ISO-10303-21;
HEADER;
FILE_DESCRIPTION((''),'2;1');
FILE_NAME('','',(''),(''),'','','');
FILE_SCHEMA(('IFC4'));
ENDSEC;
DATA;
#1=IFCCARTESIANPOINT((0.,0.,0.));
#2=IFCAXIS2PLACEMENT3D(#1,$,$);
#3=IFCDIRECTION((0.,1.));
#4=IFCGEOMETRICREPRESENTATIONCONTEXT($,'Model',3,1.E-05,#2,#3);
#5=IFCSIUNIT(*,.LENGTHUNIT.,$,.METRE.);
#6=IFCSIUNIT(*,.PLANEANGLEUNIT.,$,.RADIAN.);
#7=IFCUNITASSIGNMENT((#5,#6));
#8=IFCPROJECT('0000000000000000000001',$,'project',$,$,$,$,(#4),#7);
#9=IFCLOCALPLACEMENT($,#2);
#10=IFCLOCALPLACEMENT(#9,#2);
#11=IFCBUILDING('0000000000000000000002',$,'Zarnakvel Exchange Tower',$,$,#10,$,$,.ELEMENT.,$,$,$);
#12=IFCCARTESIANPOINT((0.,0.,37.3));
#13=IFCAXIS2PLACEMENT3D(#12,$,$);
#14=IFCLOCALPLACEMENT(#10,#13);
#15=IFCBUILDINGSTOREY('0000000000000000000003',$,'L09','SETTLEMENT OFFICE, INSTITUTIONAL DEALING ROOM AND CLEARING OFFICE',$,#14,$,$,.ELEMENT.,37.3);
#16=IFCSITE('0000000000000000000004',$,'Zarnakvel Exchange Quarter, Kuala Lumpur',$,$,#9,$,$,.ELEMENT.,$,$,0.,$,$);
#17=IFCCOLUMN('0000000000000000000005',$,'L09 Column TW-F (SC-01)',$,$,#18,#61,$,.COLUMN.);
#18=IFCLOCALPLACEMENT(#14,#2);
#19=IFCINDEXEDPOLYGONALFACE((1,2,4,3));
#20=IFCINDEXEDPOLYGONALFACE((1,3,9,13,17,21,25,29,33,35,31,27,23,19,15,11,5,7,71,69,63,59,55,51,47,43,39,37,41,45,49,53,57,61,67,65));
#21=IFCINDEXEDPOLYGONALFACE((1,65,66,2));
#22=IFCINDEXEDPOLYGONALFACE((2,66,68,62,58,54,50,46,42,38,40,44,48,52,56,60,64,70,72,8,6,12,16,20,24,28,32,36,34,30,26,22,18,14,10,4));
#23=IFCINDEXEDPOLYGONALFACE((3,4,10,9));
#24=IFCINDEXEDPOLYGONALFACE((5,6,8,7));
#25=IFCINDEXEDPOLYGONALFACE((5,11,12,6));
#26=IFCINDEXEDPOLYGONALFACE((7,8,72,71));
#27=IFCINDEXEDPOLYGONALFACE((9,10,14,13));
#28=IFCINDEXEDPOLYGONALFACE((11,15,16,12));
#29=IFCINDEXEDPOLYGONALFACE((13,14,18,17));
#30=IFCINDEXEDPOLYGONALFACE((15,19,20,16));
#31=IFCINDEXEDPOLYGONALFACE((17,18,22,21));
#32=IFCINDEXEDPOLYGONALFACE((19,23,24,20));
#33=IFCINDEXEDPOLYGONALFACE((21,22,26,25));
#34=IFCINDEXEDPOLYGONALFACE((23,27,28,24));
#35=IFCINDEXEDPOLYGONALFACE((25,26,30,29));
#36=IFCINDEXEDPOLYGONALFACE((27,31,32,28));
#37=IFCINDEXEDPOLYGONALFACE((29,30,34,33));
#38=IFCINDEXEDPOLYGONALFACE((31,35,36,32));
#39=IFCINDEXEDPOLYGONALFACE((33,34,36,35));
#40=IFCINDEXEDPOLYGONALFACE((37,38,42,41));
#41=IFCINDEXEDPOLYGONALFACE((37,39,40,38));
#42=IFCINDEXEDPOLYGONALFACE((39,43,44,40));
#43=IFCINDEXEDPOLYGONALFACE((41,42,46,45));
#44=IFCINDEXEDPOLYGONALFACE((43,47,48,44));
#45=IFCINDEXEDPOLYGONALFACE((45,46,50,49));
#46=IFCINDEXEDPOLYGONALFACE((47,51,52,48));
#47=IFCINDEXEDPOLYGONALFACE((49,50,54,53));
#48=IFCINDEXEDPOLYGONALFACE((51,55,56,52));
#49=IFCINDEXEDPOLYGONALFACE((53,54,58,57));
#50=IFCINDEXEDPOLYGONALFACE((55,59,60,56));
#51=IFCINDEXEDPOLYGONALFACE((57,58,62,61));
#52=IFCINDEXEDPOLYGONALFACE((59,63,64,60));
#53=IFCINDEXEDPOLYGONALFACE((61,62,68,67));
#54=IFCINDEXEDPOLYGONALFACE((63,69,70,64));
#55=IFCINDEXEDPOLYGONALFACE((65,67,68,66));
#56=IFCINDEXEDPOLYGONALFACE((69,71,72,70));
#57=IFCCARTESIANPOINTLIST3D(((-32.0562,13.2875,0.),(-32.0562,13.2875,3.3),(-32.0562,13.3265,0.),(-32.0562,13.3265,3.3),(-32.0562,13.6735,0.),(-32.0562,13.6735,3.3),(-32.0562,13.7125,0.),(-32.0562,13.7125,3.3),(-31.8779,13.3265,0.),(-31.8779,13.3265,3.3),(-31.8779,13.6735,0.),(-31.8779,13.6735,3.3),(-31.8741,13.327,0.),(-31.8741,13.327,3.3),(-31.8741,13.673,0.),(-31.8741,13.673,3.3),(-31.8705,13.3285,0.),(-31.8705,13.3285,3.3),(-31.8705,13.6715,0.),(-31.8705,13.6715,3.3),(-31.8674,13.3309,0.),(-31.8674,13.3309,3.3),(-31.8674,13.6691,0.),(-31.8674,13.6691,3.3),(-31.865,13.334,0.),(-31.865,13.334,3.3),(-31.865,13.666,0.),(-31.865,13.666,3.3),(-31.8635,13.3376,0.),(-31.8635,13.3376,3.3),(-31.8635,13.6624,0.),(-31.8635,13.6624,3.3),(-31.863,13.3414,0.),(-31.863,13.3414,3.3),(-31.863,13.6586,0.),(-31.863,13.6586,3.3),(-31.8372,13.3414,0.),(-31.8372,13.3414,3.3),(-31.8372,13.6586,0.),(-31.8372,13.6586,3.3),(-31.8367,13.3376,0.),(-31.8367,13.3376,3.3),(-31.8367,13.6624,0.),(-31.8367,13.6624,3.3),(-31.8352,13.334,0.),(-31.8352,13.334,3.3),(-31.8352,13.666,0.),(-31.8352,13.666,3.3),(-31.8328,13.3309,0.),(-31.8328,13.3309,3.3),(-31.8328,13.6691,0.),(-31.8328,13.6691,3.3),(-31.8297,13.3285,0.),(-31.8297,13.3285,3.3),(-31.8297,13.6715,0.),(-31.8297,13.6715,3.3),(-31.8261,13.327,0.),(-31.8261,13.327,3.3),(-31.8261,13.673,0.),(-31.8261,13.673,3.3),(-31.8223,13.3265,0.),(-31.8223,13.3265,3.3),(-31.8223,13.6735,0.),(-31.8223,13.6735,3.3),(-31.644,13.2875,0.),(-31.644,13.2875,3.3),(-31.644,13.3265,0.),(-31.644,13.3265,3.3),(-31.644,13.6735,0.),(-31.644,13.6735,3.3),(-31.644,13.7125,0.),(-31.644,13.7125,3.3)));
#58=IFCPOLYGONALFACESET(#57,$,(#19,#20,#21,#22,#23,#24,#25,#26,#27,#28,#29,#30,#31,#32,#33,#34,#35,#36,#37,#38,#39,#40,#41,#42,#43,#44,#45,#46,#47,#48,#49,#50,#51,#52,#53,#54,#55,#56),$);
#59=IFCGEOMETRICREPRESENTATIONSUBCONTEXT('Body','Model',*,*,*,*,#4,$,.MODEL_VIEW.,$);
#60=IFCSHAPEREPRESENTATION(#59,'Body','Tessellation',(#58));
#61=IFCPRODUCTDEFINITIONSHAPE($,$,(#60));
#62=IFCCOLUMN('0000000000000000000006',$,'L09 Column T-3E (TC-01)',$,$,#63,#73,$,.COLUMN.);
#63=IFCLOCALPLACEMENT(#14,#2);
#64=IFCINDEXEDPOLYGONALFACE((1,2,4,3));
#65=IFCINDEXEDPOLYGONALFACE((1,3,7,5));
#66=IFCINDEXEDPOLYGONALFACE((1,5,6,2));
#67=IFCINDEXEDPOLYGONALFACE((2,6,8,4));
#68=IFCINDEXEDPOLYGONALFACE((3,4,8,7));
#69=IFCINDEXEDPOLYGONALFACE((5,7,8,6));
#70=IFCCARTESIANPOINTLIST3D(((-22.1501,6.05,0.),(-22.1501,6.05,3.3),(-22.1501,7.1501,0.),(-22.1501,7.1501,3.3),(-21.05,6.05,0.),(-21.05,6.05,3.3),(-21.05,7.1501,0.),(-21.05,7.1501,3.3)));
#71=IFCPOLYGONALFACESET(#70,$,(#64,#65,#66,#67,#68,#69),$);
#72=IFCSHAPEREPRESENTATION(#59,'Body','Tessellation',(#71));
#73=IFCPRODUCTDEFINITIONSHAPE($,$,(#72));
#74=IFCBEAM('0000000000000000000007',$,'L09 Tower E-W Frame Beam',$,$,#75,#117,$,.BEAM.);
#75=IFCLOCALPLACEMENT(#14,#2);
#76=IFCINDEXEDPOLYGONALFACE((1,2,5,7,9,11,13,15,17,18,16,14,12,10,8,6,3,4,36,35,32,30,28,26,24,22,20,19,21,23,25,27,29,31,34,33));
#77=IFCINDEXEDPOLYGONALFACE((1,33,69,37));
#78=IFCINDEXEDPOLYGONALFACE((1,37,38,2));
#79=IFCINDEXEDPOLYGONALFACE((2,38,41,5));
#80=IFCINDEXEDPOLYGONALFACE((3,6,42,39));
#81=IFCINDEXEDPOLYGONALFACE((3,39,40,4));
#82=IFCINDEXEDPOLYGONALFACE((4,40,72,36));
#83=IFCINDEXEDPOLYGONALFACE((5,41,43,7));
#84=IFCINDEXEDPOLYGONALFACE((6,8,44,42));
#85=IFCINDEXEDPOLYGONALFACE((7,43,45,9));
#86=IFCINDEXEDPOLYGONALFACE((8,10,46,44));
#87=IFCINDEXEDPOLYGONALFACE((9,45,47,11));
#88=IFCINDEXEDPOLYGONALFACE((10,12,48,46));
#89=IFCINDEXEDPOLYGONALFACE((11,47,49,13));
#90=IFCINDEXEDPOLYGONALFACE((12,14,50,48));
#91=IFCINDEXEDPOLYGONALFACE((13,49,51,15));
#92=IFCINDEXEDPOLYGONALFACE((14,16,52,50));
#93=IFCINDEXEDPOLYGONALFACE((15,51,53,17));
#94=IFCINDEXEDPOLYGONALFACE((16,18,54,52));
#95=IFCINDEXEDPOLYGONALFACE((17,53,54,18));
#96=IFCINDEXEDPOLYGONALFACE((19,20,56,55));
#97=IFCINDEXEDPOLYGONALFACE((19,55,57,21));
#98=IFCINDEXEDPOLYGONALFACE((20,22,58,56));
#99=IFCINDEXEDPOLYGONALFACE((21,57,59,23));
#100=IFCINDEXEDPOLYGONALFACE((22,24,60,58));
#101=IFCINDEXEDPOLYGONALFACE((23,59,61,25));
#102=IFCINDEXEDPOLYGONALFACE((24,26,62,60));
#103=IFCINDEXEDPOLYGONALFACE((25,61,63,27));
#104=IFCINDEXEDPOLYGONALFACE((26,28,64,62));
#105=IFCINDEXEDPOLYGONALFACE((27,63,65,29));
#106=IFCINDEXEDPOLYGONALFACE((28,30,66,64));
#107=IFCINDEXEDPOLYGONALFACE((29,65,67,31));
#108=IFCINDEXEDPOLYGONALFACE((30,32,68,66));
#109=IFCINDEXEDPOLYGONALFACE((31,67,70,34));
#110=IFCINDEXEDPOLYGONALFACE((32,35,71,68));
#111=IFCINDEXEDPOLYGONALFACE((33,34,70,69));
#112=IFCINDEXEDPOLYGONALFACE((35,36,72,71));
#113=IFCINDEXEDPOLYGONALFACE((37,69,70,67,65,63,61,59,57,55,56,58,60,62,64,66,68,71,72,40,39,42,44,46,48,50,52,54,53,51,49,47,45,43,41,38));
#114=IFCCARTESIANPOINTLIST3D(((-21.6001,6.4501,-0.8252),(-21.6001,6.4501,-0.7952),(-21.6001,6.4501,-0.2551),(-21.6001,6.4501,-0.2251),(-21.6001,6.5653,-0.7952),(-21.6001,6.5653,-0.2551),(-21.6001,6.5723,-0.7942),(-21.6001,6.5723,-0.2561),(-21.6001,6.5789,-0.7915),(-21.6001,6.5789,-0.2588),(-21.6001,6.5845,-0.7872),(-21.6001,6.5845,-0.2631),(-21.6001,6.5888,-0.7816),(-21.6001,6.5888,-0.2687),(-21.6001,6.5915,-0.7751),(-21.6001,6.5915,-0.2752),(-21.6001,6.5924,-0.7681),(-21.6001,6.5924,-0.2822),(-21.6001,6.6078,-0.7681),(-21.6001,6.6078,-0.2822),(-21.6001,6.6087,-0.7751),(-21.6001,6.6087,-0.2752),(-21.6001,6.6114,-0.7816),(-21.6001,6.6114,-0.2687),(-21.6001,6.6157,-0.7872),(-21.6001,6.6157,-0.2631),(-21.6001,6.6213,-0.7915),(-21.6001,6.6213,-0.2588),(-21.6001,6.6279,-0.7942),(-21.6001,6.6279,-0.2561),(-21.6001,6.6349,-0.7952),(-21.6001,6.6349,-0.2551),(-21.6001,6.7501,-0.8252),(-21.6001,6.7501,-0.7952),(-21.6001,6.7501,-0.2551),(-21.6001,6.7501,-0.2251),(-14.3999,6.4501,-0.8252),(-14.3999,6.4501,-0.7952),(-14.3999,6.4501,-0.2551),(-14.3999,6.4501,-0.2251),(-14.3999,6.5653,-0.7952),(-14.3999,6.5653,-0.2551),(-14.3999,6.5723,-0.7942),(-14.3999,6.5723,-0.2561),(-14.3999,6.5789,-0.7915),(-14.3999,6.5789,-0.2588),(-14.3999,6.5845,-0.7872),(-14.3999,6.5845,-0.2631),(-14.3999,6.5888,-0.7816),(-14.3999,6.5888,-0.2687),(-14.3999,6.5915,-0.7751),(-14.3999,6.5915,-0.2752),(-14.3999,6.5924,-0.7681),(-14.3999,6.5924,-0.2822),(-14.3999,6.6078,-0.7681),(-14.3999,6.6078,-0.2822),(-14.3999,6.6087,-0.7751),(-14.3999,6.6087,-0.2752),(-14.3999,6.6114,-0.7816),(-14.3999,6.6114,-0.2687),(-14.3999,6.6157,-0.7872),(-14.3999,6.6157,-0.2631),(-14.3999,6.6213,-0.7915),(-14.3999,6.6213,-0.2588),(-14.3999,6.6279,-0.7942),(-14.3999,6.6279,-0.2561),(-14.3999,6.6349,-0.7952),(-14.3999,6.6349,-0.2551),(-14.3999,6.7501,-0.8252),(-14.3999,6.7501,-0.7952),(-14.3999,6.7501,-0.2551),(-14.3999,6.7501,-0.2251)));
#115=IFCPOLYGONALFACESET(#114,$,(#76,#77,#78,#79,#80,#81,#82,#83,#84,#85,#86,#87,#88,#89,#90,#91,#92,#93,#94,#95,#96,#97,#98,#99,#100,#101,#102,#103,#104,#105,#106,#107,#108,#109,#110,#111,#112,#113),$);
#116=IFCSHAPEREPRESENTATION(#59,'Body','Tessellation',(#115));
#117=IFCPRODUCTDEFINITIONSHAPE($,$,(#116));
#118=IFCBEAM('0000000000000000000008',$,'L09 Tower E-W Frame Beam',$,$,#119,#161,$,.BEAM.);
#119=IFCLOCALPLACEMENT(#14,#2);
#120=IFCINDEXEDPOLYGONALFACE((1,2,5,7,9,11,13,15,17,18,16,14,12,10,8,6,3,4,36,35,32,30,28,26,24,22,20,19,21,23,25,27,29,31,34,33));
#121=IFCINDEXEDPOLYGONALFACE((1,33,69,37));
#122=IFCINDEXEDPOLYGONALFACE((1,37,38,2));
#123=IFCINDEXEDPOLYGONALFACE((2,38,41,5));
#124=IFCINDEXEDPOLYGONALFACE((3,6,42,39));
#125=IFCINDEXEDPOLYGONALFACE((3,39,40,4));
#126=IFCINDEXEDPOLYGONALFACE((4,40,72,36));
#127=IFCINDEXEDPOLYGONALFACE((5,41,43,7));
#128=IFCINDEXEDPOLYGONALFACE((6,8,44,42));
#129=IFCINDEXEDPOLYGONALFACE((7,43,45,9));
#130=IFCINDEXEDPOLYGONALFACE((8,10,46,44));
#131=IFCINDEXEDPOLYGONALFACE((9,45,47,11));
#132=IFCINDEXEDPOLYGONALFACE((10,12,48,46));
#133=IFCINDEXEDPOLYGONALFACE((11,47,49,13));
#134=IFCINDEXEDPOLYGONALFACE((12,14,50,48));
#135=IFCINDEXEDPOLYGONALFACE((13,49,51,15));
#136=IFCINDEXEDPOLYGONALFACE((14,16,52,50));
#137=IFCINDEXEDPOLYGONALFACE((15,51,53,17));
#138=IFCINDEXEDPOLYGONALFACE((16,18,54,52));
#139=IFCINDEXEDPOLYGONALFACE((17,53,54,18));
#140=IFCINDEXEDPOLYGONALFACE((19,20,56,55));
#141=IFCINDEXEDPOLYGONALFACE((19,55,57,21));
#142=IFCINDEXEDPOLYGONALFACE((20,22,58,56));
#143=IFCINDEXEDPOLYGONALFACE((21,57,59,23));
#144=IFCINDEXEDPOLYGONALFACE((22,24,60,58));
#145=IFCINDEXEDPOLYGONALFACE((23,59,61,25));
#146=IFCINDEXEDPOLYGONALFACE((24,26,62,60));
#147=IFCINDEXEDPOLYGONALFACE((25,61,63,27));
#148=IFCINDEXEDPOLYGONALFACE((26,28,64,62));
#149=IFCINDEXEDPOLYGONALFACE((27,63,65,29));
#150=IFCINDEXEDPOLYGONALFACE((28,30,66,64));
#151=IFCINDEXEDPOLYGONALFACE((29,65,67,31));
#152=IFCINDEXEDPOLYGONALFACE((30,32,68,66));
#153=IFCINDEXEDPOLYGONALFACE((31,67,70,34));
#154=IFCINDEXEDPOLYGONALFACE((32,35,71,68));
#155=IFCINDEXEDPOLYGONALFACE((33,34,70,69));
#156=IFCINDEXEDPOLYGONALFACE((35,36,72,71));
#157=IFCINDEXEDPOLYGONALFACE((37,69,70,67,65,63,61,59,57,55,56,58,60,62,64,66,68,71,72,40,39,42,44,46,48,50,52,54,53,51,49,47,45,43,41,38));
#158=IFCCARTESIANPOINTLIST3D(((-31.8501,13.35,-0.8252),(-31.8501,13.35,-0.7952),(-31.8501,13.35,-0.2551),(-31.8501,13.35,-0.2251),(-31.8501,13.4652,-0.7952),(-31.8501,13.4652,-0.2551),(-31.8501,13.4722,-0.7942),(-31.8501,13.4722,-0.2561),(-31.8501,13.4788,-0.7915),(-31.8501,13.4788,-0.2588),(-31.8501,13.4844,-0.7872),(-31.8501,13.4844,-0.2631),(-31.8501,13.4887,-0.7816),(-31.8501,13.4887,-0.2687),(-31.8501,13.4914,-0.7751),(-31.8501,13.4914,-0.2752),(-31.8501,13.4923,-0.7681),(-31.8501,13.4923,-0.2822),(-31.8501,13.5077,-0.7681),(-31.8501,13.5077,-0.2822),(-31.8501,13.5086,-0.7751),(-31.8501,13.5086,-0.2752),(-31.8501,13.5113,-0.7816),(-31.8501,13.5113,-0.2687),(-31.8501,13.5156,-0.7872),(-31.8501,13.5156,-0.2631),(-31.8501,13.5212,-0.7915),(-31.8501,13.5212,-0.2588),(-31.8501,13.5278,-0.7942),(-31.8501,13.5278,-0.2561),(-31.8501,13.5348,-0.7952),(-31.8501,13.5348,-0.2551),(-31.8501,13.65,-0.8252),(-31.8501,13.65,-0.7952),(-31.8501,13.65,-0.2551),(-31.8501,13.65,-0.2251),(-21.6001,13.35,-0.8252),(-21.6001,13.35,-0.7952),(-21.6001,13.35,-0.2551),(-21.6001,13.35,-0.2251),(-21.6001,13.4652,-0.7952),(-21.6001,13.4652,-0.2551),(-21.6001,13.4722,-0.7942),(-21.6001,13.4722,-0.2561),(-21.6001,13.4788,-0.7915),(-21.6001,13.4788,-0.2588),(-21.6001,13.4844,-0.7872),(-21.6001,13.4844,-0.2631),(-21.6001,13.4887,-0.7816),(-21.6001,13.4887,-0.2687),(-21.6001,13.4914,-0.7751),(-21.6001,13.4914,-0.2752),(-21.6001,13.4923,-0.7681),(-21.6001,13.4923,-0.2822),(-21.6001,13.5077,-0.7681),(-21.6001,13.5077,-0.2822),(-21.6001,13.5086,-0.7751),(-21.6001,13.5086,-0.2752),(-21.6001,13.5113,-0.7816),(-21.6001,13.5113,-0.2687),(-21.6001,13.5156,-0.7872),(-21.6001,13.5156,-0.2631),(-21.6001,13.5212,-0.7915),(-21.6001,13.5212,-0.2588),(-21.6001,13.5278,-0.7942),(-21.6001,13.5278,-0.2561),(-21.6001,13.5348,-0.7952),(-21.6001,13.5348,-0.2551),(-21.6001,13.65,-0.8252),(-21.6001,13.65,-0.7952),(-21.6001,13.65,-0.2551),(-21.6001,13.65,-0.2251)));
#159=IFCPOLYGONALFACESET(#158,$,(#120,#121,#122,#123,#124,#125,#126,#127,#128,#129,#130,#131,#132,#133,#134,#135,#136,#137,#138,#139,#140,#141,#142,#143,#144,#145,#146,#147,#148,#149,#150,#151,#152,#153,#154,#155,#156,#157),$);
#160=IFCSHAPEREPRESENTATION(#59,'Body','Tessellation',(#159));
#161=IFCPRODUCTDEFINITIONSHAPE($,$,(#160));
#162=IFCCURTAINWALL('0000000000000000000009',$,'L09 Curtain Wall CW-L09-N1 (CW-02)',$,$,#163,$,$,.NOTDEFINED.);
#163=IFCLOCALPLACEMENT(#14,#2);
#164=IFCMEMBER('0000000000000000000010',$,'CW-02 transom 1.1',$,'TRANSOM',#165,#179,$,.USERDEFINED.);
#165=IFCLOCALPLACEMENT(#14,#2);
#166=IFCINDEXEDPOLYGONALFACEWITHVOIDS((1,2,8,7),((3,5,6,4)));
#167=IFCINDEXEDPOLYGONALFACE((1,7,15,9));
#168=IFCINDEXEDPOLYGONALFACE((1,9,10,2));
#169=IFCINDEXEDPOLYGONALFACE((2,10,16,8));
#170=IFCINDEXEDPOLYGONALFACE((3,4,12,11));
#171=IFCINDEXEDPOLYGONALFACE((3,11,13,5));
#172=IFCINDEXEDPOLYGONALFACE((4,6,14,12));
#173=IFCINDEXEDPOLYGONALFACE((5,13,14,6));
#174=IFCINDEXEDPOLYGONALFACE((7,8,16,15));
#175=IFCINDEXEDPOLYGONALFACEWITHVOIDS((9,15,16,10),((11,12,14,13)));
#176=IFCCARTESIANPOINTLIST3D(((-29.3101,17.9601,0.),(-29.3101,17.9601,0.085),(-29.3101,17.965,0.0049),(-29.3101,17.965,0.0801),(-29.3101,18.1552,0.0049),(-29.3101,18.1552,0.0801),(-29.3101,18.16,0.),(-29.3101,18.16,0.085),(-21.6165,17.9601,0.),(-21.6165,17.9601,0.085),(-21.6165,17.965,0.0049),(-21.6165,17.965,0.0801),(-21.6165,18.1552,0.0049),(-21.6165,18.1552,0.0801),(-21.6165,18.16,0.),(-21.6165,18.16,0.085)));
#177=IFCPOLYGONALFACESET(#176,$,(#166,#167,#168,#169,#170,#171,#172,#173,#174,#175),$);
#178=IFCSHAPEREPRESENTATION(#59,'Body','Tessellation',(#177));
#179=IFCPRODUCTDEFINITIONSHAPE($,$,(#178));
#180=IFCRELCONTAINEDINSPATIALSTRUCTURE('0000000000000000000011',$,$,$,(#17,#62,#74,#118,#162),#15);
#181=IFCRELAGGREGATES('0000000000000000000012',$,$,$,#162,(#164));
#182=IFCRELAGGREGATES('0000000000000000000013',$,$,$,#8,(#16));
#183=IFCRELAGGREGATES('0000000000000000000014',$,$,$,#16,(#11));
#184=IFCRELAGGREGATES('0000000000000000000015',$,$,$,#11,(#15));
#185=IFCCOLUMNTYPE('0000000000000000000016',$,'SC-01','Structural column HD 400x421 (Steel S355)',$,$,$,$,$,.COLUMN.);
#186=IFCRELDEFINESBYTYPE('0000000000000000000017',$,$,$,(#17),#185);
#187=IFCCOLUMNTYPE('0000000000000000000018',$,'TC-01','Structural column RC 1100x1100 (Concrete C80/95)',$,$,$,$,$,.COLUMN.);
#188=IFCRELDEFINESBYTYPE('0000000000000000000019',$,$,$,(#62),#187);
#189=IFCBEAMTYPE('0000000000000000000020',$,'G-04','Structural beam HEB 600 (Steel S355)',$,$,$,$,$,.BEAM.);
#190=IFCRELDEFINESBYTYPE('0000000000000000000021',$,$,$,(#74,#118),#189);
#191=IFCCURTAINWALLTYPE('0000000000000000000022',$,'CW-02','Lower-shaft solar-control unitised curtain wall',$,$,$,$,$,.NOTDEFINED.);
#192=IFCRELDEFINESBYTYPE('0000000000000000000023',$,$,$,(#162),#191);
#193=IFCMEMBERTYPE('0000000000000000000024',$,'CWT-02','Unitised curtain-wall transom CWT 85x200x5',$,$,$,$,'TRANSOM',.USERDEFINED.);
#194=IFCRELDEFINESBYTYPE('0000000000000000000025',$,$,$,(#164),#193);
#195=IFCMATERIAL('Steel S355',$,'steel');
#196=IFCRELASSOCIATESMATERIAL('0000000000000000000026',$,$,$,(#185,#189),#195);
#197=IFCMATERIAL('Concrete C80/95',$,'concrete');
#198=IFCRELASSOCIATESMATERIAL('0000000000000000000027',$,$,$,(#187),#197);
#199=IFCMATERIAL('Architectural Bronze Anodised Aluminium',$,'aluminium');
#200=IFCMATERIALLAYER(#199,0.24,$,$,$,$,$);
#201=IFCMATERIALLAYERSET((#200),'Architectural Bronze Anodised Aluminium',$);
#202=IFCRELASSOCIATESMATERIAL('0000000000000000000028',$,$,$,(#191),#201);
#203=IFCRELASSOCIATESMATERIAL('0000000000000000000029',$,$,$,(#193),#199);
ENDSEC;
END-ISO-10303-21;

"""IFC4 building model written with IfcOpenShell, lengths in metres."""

from ifc_helpers import new_model, si_unit, direction, frame, origin, origin_2d, place, context, subcontext, project, spatial, rectangle, hollow_rectangle, i_section, extrude, source, transform, mapped, material, layer, layer_set, material_profile, profile_set, type_object, element, aggregate, save


model = new_model("IFC4")

# Units and contexts
model_context = context("Model", 3, precision=1e-05, world=origin(), true_north=direction((0.0, 1.0)))
body_context = subcontext(model_context, "Body", "Model", "MODEL_VIEW")
ifc_project = project(units=[si_unit("LENGTHUNIT", "METRE"), si_unit("PLANEANGLEUNIT", "RADIAN")], contexts=[model_context])

# Site, building, storey
site_placement = place(None, origin())
site = spatial("IfcSite", under=ifc_project, at=site_placement, Name="Zarnakvel Exchange Quarter, Kuala Lumpur", CompositionType="ELEMENT", RefElevation=0.0)
building_placement = place(site_placement, origin())
building = spatial("IfcBuilding", under=site, at=building_placement, Name="Zarnakvel Exchange Tower", CompositionType="ELEMENT")
storey_placement = place(building_placement, frame((0.0, 0.0, 37.3)))
storey = spatial("IfcBuildingStorey", under=building, at=storey_placement, Name="L09", Description="SETTLEMENT OFFICE, INSTITUTIONAL DEALING ROOM AND CLEARING OFFICE", CompositionType="ELEMENT", Elevation=37.3)

# Columns
ifc_material_1 = material(Name="Steel S355", Category="steel")
ifc_material_profile_1 = material_profile(ifc_material_1, i_section(OverallWidth=0.4121, OverallDepth=0.425, WebThickness=0.0259, FlangeThickness=0.0391, FilletRadius=0.0149, at=origin_2d()))
ifc_profile_set_1 = profile_set([ifc_material_profile_1], Name="Steel S355")
column_type_1 = type_object("IfcColumnType", Name="SC-01", Description="Structural column HD 400x421 (Steel S355)", PredefinedType="COLUMN", material=ifc_profile_set_1)
column_1_placement = place(storey_placement, frame((-31.8501, 13.5, 0.0), z_axis=(0.0, 0.0, 1.0), x_axis=(1.0, 0.0, 0.0)))
element("IfcColumn", 1, at=column_1_placement, inside=storey, type_object=column_type_1, Name="L09 Column TW-F (SC-01)", PredefinedType="COLUMN", context=body_context, shape_type="SweptSolid", body=[
    extrude(i_section(OverallWidth=0.4121, OverallDepth=0.425, WebThickness=0.0259, FlangeThickness=0.0391, FilletRadius=0.0149, at=origin_2d()), origin(), (0.0, 0.0, 1.0), 3.3),
])
ifc_material_2 = material(Name="Concrete C80/95", Category="concrete")
ifc_material_profile_2 = material_profile(ifc_material_2, rectangle(XDim=1.1001, YDim=1.1001, at=origin_2d()))
ifc_profile_set_2 = profile_set([ifc_material_profile_2], Name="Concrete C80/95")
column_type_2 = type_object("IfcColumnType", Name="TC-01", Description="Structural column RC 1100x1100 (Concrete C80/95)", PredefinedType="COLUMN", material=ifc_profile_set_2)
column_2_placement = place(storey_placement, frame((-21.6001, 6.6001, 0.0), z_axis=(0.0, 0.0, 1.0), x_axis=(1.0, 0.0, 0.0)))
element("IfcColumn", 2, at=column_2_placement, inside=storey, type_object=column_type_2, Name="L09 Column T-3E (TC-01)", PredefinedType="COLUMN", context=body_context, shape_type="SweptSolid", body=[
    extrude(rectangle(XDim=1.1001, YDim=1.1001, at=origin_2d()), origin(), (0.0, 0.0, 1.0), 3.3),
])

# Beams
ifc_material_profile_3 = material_profile(ifc_material_1, i_section(OverallWidth=0.3, OverallDepth=0.6001, WebThickness=0.0154, FlangeThickness=0.03, FilletRadius=0.0271, at=origin_2d()))
ifc_profile_set_3 = profile_set([ifc_material_profile_3], Name="Steel S355")
beam_type = type_object("IfcBeamType", Name="G-04", Description="Structural beam HEB 600 (Steel S355)", PredefinedType="BEAM", material=ifc_profile_set_3)
beam_1_placement = place(storey_placement, frame((-21.6001, 6.6001, -0.5251), z_axis=(1.0, 0.0, 0.0), x_axis=(0.0, 1.0, 0.0)))
element("IfcBeam", 3, at=beam_1_placement, inside=storey, type_object=beam_type, Name="L09 Tower E-W Frame Beam", PredefinedType="BEAM", context=body_context, shape_type="SweptSolid", body=[
    extrude(i_section(OverallWidth=0.3, OverallDepth=0.6001, WebThickness=0.0154, FlangeThickness=0.03, FilletRadius=0.0271, at=origin_2d()), origin(), (0.0, 0.0, 1.0), 7.2002),
])
beam_2_placement = place(storey_placement, frame((-31.8501, 13.5, -0.5251), z_axis=(1.0, 0.0, 0.0), x_axis=(0.0, 1.0, 0.0)))
element("IfcBeam", 4, at=beam_2_placement, inside=storey, type_object=beam_type, Name="L09 Tower E-W Frame Beam", PredefinedType="BEAM", context=body_context, shape_type="SweptSolid", body=[
    extrude(i_section(OverallWidth=0.3, OverallDepth=0.6001, WebThickness=0.0154, FlangeThickness=0.03, FilletRadius=0.0271, at=origin_2d()), origin(), (0.0, 0.0, 1.0), 10.25),
])

# Curtain wall, member
ifc_material_3 = material(Name="Architectural Bronze Anodised Aluminium", Category="aluminium")
ifc_layer_1 = layer(ifc_material_3, 0.24)
ifc_layer_set_1 = layer_set([ifc_layer_1], Name="Architectural Bronze Anodised Aluminium")
curtain_wall_type_1 = type_object("IfcCurtainWallType", Name="CW-02", Description="Lower-shaft solar-control unitised curtain wall", PredefinedType="NOTDEFINED", material=ifc_layer_set_1)
curtain_wall_1_placement = place(storey_placement, origin())
curtain_wall_1 = element("IfcCurtainWall", 5, at=curtain_wall_1_placement, inside=storey, type_object=curtain_wall_type_1, Name="L09 Curtain Wall CW-L09-N1 (CW-02)", PredefinedType="NOTDEFINED")
ifc_material_profile_4 = material_profile(ifc_material_3, hollow_rectangle(XDim=0.2, YDim=0.085, WallThickness=0.0049, at=origin_2d()))
ifc_profile_set_4 = profile_set([ifc_material_profile_4], Name="Architectural Bronze Anodised Aluminium")
member_type_1 = type_object("IfcMemberType", Name="CWT-02", Description="Unitised curtain-wall transom CWT 85x200x5", ElementType="TRANSOM", PredefinedType="USERDEFINED", material=ifc_profile_set_4)
shared_shape_1 = source(origin(), body_context, "Body", "SweptSolid", [
    extrude(hollow_rectangle(XDim=0.2, YDim=0.085, WallThickness=0.0049, at=origin_2d()), origin(), (0.0, 0.0, 1.0), 7.6936),
])
member_1_placement = place(storey_placement, frame((-29.3101, 18.0601, 0.0425), z_axis=(1.0, 0.0, 0.0), x_axis=(0.0, 1.0, 0.0)))
member_1 = element("IfcMember", 6, at=member_1_placement, type_object=member_type_1, Name="CW-02 transom 1.1", ObjectType="TRANSOM", PredefinedType="USERDEFINED", context=body_context, shape_type="MappedRepresentation", body=[
    mapped(shared_shape_1, transform((0.0, 0.0, 0.0), x_axis=(1.0, 0.0, 0.0), y_axis=(0.0, 1.0, 0.0), z_axis=(0.0, 0.0, 1.0), scale=1.0)),
])

aggregate(curtain_wall_1, [member_1])

save(model, "model.ifc")
